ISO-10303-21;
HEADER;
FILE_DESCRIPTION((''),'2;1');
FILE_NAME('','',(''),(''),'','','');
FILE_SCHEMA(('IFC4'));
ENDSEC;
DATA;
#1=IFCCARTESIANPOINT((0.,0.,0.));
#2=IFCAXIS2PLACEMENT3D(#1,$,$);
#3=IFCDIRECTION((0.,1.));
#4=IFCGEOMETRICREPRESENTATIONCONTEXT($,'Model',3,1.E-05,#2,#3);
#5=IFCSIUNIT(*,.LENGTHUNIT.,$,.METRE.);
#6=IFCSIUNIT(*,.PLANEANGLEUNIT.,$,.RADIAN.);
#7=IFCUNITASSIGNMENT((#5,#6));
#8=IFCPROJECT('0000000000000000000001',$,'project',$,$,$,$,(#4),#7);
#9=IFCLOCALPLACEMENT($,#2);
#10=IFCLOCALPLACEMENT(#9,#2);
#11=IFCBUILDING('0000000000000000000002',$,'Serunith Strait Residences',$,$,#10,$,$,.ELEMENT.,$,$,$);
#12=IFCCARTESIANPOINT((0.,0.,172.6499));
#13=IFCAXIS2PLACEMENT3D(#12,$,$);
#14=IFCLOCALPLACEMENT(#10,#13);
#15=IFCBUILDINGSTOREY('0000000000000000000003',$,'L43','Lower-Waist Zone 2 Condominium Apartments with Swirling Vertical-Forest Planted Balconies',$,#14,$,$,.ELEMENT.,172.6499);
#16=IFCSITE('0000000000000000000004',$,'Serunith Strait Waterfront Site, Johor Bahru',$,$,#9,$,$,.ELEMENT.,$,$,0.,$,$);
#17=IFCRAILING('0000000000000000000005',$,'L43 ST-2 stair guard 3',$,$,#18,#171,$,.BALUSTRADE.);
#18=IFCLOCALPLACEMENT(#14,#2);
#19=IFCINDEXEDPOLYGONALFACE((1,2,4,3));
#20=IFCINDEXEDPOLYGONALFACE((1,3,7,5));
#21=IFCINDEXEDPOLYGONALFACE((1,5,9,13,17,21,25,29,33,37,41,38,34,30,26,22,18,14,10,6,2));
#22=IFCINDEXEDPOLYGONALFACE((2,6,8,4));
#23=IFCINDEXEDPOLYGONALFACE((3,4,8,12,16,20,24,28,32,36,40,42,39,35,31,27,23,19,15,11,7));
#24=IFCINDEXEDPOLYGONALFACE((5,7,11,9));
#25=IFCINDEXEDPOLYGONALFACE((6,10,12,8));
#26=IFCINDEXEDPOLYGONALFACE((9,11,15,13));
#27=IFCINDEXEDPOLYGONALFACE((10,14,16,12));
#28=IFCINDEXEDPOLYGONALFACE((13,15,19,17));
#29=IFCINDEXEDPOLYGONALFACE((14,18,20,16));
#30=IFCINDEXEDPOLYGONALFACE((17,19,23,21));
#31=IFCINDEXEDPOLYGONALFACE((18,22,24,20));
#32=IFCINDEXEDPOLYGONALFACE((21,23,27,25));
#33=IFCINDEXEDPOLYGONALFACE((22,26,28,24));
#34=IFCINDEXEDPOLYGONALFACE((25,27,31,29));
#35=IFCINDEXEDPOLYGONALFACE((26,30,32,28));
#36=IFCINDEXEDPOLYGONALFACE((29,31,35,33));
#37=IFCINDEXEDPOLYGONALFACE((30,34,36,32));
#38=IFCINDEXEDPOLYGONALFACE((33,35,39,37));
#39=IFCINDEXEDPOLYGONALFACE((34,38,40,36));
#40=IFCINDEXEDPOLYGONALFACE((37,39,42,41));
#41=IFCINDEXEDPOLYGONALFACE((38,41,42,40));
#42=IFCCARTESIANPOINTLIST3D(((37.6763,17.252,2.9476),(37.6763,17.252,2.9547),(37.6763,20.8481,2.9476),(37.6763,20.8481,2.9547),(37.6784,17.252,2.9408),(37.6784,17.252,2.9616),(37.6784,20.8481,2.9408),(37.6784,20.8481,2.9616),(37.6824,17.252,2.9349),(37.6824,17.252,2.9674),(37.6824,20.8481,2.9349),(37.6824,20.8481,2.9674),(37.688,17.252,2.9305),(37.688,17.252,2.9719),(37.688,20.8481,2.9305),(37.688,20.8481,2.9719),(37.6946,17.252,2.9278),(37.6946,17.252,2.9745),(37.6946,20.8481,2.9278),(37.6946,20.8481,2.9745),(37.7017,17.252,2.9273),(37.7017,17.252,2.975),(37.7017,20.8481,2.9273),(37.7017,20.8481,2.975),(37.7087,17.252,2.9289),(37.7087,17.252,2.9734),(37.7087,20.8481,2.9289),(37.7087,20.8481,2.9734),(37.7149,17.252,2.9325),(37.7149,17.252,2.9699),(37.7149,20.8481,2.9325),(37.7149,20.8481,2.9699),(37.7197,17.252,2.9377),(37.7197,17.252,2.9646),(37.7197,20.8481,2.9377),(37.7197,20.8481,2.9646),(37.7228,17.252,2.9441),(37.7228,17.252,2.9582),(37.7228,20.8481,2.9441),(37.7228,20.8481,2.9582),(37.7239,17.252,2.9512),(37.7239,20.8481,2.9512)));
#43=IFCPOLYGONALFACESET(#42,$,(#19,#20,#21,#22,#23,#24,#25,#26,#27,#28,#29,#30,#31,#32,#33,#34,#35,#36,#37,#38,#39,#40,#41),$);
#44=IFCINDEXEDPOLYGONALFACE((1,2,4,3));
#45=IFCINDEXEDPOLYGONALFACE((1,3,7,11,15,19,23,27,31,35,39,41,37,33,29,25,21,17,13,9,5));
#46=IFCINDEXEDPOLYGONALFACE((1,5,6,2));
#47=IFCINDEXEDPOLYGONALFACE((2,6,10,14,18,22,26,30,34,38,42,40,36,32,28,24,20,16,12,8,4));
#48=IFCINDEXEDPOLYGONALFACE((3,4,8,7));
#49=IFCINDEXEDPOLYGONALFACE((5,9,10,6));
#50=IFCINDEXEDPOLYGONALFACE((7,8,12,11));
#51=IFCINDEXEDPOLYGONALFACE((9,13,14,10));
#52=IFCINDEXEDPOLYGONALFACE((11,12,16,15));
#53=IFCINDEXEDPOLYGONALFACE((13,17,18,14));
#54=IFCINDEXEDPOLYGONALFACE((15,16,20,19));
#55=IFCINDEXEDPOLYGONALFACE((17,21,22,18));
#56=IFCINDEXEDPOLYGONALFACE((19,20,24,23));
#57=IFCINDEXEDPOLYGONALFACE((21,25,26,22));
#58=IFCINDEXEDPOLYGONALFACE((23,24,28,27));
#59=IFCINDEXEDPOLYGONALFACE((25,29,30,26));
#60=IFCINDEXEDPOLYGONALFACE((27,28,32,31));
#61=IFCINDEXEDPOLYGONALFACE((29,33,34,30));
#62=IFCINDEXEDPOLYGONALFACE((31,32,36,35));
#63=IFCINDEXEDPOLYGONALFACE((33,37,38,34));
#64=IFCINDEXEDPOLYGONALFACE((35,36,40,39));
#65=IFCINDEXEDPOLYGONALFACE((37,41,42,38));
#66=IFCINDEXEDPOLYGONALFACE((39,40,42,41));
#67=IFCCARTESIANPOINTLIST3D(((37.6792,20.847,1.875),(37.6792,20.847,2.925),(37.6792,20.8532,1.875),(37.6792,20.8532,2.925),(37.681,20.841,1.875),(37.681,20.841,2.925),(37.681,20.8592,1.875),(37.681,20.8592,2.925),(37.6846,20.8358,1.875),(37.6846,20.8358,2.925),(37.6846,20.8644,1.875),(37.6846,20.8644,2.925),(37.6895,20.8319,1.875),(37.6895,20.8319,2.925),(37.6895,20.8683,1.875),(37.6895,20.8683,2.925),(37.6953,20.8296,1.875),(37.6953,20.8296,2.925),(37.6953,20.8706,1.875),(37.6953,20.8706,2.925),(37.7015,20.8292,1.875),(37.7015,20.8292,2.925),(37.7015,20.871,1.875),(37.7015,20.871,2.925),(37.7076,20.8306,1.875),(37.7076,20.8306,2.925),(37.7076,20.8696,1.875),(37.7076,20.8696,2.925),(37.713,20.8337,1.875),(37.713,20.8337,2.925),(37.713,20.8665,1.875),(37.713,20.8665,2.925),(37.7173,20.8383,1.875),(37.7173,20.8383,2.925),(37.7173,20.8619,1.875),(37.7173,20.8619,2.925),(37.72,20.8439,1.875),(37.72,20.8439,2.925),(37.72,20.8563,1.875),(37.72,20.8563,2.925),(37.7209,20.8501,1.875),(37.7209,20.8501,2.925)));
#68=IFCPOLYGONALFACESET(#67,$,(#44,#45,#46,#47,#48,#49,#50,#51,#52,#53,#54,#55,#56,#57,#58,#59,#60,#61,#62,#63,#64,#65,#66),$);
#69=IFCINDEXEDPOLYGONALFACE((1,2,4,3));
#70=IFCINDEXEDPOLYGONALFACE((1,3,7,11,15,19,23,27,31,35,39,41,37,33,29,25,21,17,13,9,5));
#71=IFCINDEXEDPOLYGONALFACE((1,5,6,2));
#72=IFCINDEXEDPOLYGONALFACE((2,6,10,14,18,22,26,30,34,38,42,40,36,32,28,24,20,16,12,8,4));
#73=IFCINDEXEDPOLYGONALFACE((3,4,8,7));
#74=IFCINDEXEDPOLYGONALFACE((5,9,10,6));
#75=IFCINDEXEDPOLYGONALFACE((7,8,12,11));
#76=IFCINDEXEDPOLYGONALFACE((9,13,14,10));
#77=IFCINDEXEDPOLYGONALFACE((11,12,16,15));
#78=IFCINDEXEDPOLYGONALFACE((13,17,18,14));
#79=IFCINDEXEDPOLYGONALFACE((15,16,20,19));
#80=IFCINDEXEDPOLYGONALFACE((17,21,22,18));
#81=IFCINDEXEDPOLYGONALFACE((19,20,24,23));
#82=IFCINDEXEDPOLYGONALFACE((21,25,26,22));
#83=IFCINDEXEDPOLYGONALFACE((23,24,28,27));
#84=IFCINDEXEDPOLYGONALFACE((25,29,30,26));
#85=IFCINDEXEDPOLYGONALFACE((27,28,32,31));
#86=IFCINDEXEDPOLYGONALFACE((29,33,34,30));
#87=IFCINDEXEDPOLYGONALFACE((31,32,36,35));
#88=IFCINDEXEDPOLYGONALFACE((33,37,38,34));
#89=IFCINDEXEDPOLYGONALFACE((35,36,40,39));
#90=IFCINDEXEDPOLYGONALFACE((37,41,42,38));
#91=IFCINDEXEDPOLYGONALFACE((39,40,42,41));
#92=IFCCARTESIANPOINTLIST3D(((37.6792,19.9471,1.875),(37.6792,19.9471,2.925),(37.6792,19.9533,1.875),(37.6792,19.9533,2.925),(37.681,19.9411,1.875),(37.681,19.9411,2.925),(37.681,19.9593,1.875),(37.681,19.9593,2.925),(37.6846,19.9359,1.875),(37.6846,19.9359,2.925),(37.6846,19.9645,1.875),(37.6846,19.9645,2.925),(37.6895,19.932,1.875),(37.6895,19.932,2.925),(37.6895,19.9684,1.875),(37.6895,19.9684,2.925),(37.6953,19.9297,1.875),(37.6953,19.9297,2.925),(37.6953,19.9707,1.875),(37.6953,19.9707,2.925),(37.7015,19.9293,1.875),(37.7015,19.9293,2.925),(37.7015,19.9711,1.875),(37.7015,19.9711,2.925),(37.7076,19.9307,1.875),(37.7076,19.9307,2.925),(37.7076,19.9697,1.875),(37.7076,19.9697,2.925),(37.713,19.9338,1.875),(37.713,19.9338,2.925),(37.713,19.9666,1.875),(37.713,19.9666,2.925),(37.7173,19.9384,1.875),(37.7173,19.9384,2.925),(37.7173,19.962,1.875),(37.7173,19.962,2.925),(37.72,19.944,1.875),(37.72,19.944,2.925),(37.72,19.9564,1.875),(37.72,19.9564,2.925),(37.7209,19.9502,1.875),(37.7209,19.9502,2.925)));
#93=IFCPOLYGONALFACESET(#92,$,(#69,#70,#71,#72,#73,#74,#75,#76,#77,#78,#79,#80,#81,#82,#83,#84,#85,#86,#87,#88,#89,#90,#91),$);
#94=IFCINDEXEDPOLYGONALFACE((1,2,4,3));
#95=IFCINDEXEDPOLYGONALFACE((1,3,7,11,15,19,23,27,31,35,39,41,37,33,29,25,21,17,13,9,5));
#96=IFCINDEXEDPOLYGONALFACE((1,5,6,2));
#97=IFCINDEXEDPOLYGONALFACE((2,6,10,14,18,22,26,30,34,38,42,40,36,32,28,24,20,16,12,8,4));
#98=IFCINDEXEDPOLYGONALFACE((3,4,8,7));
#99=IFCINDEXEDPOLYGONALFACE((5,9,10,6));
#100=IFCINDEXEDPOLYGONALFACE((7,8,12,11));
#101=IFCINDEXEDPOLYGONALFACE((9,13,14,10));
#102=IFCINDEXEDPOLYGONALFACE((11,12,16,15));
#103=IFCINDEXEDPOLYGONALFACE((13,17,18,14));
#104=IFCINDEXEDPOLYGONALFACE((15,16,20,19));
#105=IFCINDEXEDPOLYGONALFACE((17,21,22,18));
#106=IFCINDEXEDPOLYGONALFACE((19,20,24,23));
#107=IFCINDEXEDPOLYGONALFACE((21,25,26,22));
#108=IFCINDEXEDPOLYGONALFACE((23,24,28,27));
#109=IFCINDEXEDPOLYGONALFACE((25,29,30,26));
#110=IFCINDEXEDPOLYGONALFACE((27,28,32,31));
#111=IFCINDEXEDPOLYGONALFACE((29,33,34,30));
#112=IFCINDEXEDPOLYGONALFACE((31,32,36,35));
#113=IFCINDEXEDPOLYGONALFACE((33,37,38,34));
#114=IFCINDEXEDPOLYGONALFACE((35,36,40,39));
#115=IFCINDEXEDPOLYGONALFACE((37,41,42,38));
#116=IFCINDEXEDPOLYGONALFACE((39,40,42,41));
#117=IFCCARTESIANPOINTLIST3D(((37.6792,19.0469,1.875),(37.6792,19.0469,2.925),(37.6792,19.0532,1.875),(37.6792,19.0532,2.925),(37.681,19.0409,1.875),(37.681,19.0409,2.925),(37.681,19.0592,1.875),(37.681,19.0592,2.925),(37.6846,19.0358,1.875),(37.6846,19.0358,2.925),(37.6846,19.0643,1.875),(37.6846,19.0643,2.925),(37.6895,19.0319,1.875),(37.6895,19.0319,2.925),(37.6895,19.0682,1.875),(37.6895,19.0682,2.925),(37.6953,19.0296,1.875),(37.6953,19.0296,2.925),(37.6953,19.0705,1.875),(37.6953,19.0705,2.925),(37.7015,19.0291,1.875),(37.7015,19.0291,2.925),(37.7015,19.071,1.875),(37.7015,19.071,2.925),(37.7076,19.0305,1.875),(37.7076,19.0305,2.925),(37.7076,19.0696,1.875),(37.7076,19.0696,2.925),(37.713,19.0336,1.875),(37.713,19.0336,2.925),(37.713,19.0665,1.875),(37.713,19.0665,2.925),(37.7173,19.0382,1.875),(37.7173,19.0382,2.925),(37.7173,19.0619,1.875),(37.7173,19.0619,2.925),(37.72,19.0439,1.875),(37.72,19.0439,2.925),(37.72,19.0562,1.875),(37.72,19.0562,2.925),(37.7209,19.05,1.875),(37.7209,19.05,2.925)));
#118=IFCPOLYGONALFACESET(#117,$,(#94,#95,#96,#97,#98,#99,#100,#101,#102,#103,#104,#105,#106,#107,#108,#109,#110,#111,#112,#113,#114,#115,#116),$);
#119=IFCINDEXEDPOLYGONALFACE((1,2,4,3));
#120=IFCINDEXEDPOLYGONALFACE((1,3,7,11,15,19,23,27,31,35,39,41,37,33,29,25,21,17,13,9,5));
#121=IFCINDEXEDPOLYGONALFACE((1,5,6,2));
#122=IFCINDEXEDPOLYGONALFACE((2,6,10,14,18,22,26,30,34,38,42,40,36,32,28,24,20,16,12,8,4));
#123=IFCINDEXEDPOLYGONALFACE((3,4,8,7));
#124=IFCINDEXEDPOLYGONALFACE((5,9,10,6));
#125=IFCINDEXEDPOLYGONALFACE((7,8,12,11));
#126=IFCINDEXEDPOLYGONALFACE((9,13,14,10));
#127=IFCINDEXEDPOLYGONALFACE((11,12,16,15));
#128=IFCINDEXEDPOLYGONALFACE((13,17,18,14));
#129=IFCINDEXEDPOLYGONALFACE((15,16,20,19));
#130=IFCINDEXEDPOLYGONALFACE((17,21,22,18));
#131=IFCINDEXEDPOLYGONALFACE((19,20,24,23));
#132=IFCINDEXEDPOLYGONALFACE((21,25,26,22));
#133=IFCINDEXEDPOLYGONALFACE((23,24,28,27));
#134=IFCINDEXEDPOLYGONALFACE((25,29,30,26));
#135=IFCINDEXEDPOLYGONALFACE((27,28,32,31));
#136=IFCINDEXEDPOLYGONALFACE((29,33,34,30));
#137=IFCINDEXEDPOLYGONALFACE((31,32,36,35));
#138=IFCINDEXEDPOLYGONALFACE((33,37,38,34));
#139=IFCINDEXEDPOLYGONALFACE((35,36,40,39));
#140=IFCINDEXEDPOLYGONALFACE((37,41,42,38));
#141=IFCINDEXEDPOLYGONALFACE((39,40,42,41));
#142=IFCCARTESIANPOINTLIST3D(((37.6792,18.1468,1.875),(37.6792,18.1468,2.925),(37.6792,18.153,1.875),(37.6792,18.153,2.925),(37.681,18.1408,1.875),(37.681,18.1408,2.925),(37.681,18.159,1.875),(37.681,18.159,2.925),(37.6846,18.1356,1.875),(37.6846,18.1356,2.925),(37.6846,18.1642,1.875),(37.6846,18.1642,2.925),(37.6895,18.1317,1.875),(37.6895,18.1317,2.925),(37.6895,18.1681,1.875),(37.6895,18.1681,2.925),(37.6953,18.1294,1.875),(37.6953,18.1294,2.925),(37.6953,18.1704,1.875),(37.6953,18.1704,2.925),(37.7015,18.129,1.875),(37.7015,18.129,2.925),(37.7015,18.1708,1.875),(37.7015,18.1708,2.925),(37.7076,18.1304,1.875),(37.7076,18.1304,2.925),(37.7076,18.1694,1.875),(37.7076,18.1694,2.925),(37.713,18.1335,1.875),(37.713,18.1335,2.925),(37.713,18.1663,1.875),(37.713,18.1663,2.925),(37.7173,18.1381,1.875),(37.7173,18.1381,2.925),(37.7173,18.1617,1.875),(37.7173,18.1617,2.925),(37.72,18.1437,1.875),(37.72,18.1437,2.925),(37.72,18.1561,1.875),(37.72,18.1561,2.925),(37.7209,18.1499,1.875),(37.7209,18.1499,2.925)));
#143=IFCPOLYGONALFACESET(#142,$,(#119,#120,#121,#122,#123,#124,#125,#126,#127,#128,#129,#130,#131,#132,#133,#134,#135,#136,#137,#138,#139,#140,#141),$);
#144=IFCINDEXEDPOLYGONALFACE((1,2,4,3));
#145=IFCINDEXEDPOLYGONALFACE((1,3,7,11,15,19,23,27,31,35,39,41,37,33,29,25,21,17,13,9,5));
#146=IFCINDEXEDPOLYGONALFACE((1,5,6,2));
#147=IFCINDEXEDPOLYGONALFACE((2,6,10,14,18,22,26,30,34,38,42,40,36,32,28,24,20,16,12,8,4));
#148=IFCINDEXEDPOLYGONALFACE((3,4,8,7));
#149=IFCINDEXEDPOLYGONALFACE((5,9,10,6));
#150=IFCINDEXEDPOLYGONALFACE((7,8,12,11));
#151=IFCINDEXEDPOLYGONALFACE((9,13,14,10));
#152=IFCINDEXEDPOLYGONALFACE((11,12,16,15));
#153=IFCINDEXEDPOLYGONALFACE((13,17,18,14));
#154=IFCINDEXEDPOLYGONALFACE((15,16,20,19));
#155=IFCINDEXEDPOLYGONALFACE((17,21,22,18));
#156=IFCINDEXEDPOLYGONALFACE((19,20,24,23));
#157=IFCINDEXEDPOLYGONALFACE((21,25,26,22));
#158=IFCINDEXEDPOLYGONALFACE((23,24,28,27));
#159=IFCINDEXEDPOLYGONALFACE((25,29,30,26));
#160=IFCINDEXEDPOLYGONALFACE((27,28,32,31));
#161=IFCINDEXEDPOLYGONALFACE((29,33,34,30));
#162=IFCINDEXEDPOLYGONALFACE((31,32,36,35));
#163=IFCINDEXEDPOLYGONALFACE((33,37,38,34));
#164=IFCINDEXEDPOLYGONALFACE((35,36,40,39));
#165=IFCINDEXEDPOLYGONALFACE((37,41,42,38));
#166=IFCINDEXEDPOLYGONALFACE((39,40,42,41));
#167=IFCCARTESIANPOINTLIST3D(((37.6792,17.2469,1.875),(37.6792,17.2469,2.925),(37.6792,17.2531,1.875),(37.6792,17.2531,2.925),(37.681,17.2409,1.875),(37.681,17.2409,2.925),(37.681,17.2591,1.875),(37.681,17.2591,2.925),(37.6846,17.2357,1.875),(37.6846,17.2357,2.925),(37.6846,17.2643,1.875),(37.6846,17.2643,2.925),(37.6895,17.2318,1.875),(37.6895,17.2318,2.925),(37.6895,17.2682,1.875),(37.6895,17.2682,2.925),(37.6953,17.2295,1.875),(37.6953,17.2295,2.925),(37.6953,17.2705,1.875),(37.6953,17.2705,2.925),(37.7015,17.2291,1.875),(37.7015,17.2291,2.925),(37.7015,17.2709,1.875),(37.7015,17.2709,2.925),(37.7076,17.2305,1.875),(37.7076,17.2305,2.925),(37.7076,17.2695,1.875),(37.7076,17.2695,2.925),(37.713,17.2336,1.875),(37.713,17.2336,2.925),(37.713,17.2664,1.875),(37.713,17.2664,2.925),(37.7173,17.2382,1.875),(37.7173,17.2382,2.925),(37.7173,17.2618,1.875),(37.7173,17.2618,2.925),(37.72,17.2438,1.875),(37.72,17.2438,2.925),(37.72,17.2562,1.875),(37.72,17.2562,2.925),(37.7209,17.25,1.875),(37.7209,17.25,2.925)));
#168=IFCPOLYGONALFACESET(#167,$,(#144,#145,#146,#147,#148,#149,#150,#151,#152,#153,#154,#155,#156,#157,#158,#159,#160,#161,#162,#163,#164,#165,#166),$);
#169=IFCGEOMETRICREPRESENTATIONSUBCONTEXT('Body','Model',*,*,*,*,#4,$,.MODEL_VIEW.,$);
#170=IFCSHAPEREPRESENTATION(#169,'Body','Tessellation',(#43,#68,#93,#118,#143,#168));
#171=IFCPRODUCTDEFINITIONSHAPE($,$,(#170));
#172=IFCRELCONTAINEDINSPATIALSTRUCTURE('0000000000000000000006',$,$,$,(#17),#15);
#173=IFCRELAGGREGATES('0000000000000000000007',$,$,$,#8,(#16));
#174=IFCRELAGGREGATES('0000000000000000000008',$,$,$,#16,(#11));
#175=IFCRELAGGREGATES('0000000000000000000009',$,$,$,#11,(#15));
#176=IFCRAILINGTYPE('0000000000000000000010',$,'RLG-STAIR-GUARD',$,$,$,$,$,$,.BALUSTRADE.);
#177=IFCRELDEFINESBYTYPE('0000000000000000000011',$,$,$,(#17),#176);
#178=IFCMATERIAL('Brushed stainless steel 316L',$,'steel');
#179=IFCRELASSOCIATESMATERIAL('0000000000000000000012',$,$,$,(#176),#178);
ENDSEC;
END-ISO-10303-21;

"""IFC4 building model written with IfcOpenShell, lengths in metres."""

from ifc_helpers import new_model, si_unit, direction, frame, origin, origin_2d, place, context, subcontext, project, spatial, circle, extrude, material, type_object, element, save


model = new_model("IFC4")

# Units and contexts
model_context = context("Model", 3, precision=1e-05, world=origin(), true_north=direction((0.0, 1.0)))
body_context = subcontext(model_context, "Body", "Model", "MODEL_VIEW")
ifc_project = project(units=[si_unit("LENGTHUNIT", "METRE"), si_unit("PLANEANGLEUNIT", "RADIAN")], contexts=[model_context])

# Site, building, storey
site_placement = place(None, origin())
site = spatial("IfcSite", under=ifc_project, at=site_placement, Name="Serunith Strait Waterfront Site, Johor Bahru", CompositionType="ELEMENT", RefElevation=0.0)
building_placement = place(site_placement, origin())
building = spatial("IfcBuilding", under=site, at=building_placement, Name="Serunith Strait Residences", CompositionType="ELEMENT")
storey_placement = place(building_placement, frame((0.0, 0.0, 172.6499)))
storey = spatial("IfcBuildingStorey", under=building, at=storey_placement, Name="L43", Description="Lower-Waist Zone 2 Condominium Apartments with Swirling Vertical-Forest Planted Balconies", CompositionType="ELEMENT", Elevation=172.6499)

# Railing
ifc_material_1 = material(Name="Brushed stainless steel 316L", Category="steel")
railing_type_1 = type_object("IfcRailingType", Name="RLG-STAIR-GUARD", PredefinedType="BALUSTRADE", material=ifc_material_1)
for number, where, name in (
    (1, (37.7, 20.8501, 1.875), "L43 ST-2 stair guard 3"),
):
    element("IfcRailing", number, at=place(storey_placement, frame(where)), inside=storey, type_object=railing_type_1, Name=name, PredefinedType="BALUSTRADE", context=body_context, shape_type="SweptSolid", body=[
        extrude(circle(Radius=0.0239, at=origin_2d()), frame((0.0, -0.002, 1.0762), z_axis=(0.0, -1.0, 0.0), x_axis=(1.0, 0.0, 0.0)), (0.0, 0.0, 1.0), 3.5962),
        extrude(circle(Radius=0.021, at=origin_2d()), origin(), (0.0, 0.0, 1.0), 1.05),
        extrude(circle(Radius=0.021, at=origin_2d()), frame((0.0, -0.8999, 0.0)), (0.0, 0.0, 1.0), 1.05),
        extrude(circle(Radius=0.021, at=origin_2d()), frame((0.0, -1.8, 0.0)), (0.0, 0.0, 1.0), 1.05),
        extrude(circle(Radius=0.021, at=origin_2d()), frame((0.0, -2.7002, 0.0)), (0.0, 0.0, 1.0), 1.05),
        extrude(circle(Radius=0.021, at=origin_2d()), frame((0.0, -3.6001, 0.0)), (0.0, 0.0, 1.0), 1.05),
    ])

save(model, "model.ifc")
